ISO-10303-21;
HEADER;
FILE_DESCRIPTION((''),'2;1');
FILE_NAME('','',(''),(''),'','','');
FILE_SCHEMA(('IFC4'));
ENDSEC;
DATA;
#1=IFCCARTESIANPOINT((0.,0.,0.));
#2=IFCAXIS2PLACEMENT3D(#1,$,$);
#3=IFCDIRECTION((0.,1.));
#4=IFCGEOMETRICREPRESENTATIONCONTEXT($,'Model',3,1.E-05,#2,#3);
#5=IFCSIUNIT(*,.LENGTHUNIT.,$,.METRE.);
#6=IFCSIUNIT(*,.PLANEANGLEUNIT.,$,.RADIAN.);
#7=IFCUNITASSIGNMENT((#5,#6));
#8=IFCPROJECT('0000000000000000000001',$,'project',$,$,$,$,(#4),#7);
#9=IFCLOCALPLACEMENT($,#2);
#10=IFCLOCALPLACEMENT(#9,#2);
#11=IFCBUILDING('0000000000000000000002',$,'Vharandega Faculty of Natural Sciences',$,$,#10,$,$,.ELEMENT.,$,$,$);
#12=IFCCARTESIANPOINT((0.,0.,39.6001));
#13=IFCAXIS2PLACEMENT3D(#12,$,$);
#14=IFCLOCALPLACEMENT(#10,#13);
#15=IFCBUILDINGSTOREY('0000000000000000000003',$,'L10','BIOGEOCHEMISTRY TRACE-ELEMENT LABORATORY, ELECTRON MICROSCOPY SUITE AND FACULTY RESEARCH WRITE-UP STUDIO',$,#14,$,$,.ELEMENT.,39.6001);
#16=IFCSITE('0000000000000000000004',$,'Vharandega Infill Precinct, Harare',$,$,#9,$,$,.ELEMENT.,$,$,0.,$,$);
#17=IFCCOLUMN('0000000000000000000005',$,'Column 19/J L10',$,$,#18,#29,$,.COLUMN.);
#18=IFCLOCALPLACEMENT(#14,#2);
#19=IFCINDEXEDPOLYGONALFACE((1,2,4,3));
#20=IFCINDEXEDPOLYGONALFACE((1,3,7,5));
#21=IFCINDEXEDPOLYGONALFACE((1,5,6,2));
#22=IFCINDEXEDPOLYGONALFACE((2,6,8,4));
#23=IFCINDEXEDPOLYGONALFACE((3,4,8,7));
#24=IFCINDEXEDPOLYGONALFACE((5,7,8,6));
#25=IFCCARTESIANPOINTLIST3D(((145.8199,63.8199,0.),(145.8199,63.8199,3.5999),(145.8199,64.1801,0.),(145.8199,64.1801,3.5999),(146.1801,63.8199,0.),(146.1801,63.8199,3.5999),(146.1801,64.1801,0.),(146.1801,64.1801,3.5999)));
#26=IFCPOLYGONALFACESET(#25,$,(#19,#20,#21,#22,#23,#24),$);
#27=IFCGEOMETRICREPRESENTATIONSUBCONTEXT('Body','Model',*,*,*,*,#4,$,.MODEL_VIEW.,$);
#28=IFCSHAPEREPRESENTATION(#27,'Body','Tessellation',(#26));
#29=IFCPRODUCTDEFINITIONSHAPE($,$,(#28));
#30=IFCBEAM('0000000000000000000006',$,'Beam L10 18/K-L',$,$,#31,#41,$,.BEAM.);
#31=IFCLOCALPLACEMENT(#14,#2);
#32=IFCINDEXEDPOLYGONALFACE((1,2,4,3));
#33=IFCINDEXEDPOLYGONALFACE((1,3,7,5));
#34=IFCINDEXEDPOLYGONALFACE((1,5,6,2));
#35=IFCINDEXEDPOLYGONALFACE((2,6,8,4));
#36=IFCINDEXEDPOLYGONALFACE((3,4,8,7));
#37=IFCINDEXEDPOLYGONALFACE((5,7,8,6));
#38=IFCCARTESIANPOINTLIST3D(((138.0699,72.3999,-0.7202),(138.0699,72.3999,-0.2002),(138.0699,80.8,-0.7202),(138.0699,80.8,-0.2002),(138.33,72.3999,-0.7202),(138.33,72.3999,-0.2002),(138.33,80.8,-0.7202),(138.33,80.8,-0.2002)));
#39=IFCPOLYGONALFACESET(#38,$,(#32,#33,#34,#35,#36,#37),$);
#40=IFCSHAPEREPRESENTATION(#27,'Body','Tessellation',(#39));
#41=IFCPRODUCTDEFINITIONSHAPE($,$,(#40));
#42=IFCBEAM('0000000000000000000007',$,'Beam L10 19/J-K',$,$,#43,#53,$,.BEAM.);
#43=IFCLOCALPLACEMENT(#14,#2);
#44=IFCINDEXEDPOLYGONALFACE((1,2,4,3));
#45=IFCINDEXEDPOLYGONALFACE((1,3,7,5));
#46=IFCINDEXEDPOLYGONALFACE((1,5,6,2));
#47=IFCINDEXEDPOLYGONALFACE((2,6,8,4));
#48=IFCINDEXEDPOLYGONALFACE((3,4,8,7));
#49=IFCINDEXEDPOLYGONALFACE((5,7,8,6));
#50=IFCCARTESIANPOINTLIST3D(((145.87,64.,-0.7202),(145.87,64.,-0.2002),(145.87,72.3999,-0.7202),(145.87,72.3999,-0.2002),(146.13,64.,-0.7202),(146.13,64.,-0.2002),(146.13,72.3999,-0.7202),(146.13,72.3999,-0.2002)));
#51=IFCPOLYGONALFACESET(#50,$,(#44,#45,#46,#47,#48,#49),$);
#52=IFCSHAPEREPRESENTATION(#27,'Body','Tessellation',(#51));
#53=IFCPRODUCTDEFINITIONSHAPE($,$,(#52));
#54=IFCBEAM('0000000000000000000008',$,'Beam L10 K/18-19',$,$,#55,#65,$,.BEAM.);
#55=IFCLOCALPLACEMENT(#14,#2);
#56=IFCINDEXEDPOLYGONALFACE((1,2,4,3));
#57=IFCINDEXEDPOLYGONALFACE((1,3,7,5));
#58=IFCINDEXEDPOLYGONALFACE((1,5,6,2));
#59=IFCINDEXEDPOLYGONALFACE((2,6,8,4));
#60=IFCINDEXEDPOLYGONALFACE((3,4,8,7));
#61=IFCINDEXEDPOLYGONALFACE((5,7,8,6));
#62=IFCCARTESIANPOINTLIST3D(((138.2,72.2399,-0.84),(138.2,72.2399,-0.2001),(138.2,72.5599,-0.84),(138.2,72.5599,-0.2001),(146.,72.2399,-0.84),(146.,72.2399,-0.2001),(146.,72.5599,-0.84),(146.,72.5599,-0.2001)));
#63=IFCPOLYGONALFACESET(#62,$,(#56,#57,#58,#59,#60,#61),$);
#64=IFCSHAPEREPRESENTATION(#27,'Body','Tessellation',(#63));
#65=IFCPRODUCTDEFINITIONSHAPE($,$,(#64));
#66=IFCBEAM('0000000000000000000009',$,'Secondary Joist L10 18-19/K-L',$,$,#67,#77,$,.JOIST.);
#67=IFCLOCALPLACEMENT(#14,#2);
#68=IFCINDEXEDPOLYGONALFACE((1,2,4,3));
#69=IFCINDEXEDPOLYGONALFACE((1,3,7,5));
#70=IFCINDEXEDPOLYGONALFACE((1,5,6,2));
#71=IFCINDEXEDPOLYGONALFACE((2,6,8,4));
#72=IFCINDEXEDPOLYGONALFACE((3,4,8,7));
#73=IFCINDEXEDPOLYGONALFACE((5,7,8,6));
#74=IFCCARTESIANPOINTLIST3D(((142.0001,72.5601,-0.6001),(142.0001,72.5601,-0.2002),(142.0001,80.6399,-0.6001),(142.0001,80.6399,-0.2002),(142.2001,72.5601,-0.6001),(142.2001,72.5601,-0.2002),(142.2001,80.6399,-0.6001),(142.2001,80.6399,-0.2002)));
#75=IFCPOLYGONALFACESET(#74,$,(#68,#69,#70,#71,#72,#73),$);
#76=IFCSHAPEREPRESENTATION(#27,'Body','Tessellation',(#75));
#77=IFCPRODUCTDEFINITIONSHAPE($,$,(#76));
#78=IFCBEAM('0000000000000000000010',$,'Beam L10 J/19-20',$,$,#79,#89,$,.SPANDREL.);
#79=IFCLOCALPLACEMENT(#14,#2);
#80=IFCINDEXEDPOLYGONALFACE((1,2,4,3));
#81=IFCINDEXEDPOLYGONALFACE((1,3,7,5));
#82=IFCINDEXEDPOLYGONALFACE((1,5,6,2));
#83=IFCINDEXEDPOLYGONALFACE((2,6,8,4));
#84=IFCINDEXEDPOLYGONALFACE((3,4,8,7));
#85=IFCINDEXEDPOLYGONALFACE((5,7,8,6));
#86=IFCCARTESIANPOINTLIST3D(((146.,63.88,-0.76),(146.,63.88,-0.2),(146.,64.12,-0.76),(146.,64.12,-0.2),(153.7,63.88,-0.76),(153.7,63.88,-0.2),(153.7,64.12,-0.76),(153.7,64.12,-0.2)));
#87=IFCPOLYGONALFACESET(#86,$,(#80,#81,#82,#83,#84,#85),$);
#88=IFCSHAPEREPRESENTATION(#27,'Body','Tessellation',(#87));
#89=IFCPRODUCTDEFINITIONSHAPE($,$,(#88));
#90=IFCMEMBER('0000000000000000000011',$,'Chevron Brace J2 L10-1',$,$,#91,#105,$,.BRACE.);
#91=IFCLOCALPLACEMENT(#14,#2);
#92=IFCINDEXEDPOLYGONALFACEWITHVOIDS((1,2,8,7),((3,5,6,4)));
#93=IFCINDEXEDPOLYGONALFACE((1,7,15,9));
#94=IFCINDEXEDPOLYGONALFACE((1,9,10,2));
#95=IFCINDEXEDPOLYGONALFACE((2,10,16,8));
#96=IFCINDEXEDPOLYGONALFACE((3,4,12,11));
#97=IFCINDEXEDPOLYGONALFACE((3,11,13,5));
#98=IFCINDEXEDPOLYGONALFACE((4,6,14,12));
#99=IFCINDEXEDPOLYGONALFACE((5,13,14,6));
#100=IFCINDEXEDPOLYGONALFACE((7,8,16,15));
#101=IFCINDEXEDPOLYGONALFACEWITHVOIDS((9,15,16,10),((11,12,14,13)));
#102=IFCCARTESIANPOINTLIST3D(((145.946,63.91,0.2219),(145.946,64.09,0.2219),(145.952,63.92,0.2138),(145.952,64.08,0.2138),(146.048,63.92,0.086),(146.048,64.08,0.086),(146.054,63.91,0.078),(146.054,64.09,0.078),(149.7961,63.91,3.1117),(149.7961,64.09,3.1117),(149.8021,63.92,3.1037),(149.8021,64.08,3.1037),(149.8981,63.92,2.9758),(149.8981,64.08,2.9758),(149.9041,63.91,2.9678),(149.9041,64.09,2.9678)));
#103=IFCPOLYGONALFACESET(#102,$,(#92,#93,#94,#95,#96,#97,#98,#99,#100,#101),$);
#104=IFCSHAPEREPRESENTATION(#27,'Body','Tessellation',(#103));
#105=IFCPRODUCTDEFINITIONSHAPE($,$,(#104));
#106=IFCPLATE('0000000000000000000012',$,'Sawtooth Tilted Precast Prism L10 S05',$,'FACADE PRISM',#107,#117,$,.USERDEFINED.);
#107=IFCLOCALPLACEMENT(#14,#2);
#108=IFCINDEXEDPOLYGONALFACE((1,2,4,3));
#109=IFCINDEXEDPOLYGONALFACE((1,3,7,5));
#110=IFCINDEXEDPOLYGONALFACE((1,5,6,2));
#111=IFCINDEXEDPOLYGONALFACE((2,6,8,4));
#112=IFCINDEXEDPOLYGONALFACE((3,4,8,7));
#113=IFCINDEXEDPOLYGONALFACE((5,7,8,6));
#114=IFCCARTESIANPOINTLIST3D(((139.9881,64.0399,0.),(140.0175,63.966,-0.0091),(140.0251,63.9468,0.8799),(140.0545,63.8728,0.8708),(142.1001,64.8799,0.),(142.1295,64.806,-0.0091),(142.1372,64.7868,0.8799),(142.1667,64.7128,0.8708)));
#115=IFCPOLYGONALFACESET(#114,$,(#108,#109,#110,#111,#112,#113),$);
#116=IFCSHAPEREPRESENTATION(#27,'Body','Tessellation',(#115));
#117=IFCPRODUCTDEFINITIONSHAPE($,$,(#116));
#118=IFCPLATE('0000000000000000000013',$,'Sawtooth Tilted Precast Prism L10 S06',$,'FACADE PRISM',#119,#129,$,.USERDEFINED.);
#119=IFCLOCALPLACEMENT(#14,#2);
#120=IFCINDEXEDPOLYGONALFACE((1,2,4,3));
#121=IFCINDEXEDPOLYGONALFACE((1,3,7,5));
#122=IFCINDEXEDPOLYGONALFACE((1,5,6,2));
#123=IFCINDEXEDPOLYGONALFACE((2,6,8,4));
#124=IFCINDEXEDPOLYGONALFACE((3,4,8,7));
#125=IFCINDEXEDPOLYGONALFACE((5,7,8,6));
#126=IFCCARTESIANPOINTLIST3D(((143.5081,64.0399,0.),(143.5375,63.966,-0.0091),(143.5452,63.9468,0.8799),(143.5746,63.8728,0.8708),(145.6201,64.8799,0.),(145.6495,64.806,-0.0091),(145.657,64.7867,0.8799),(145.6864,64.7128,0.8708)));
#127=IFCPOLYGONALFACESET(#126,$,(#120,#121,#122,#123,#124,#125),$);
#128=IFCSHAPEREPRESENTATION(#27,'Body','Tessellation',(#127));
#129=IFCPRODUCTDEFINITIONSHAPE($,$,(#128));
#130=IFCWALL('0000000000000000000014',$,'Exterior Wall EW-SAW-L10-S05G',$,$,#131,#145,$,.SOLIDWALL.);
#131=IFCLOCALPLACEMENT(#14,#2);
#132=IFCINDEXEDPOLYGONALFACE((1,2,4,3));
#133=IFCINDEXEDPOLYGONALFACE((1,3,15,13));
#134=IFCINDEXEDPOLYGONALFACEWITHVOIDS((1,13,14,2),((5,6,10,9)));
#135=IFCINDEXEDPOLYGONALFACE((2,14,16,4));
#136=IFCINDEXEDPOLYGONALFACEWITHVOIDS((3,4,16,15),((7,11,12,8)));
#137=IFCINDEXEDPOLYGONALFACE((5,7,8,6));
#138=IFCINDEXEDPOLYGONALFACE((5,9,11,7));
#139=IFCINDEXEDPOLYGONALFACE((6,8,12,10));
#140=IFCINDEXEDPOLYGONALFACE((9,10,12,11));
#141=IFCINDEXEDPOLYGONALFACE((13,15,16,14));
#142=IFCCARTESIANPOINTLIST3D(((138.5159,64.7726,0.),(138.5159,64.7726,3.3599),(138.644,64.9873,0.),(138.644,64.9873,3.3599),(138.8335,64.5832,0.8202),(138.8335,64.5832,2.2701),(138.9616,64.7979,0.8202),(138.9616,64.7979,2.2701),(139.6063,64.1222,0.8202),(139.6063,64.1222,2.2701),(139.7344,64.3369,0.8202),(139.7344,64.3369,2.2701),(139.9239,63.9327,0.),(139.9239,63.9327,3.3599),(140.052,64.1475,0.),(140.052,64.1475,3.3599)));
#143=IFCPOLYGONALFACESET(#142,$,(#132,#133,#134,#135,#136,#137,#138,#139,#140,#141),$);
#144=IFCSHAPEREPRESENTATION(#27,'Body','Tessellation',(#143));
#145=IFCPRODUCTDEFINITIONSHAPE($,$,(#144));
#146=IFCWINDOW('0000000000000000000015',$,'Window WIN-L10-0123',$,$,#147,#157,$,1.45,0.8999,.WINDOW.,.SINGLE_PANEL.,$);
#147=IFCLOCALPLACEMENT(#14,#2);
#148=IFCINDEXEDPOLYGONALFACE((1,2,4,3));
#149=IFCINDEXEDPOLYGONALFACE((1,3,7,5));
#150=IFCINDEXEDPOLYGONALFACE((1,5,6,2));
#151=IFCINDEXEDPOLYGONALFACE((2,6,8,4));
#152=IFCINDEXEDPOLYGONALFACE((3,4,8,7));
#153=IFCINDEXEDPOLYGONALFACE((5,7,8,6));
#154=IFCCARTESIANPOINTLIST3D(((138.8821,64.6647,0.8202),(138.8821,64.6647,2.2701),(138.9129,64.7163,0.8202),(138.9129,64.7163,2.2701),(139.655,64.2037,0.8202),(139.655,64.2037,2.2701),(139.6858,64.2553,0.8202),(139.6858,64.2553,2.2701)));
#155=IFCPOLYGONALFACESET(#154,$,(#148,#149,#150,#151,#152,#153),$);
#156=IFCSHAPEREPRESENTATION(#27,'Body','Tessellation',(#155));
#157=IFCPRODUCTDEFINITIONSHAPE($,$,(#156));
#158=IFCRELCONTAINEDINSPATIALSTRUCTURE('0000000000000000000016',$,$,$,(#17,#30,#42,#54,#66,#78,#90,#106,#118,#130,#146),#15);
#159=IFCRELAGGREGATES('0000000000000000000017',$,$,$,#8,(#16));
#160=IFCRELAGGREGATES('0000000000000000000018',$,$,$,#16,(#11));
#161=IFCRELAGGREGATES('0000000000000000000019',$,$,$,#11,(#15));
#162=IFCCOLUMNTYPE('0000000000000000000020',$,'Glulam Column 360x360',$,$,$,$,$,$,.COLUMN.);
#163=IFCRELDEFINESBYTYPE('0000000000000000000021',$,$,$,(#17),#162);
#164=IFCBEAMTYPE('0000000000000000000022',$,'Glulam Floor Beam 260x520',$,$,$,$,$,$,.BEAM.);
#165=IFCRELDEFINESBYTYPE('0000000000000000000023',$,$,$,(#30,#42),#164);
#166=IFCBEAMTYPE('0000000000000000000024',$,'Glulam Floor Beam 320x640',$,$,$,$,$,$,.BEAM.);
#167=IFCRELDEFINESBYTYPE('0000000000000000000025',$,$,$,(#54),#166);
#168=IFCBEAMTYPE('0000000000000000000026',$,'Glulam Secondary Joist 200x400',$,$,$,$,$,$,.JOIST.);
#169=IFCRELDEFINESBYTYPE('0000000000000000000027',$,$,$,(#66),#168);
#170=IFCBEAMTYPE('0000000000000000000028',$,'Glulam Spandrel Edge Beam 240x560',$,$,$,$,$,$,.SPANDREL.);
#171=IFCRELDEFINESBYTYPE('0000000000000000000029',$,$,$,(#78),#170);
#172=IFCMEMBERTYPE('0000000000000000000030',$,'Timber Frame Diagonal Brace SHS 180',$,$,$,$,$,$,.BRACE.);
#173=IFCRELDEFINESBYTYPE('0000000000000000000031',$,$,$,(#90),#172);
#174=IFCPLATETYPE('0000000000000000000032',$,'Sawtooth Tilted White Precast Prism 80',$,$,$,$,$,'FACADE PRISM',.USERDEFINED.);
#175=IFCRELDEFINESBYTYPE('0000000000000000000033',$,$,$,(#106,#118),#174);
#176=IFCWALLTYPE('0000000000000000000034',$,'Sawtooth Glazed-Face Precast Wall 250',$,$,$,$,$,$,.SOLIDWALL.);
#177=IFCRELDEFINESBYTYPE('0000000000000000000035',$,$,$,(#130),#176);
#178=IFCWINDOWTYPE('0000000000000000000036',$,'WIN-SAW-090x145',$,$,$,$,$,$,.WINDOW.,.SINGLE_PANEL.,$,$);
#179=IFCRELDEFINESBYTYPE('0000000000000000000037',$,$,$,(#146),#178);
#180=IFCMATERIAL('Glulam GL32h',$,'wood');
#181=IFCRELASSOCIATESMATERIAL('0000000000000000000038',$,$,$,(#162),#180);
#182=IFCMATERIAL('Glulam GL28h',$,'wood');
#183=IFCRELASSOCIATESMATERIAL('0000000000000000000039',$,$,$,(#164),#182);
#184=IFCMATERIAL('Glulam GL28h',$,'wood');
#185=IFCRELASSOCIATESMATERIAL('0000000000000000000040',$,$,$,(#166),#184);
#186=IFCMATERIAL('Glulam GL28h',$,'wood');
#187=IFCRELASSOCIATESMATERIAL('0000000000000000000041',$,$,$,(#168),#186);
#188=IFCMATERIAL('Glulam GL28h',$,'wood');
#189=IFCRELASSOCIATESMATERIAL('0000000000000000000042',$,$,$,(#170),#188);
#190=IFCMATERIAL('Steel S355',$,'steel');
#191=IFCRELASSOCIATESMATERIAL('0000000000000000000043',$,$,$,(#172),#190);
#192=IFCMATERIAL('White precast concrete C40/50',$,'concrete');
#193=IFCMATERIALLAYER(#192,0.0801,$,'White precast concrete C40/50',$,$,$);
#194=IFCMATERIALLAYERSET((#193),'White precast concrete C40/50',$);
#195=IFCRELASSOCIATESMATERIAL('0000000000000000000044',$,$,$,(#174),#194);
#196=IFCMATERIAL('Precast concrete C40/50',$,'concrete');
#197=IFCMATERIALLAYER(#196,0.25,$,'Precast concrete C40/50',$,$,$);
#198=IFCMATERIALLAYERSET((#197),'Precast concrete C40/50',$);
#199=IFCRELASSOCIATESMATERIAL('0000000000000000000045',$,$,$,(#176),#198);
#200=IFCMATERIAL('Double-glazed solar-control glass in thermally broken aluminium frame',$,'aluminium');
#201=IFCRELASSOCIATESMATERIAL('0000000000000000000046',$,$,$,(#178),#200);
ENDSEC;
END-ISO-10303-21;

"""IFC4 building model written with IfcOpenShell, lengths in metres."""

from ifc_helpers import new_model, si_unit, direction, frame, frame_2d, origin, origin_2d, place, context, subcontext, project, spatial, polyline, rectangle, hollow_rectangle, outline, extrude, material, layer, layer_set, material_profile, profile_set, type_object, element, fill, save


model = new_model("IFC4")

# Units and contexts
model_context = context("Model", 3, precision=1e-05, world=origin(), true_north=direction((0.0, 1.0)))
body_context = subcontext(model_context, "Body", "Model", "MODEL_VIEW")
ifc_project = project(units=[si_unit("LENGTHUNIT", "METRE"), si_unit("PLANEANGLEUNIT", "RADIAN")], contexts=[model_context])

# Site, building, storey
site_placement = place(None, origin())
site = spatial("IfcSite", under=ifc_project, at=site_placement, Name="Vharandega Infill Precinct, Harare", CompositionType="ELEMENT", RefElevation=0.0)
building_placement = place(site_placement, origin())
building = spatial("IfcBuilding", under=site, at=building_placement, Name="Vharandega Faculty of Natural Sciences", CompositionType="ELEMENT")
storey_placement = place(building_placement, frame((0.0, 0.0, 39.6001)))
storey = spatial("IfcBuildingStorey", under=building, at=storey_placement, Name="L10", Description="BIOGEOCHEMISTRY TRACE-ELEMENT LABORATORY, ELECTRON MICROSCOPY SUITE AND FACULTY RESEARCH WRITE-UP STUDIO", CompositionType="ELEMENT", Elevation=39.6001)

# Column
ifc_material_1 = material(Name="Glulam GL32h", Category="wood")
ifc_material_profile_1 = material_profile(ifc_material_1, rectangle(XDim=0.3601, YDim=0.3601, at=origin_2d()), Name="GL32h 360x360")
ifc_profile_set_1 = profile_set([ifc_material_profile_1], Name="Glulam GL32h")
column_type = type_object("IfcColumnType", Name="Glulam Column 360x360", PredefinedType="COLUMN", material=ifc_profile_set_1)
column_placement = place(storey_placement, frame((146.0, 64.0, 0.0), z_axis=(0.0, 0.0, 1.0), x_axis=(1.0, 0.0, 0.0)))
element("IfcColumn", 1, at=column_placement, inside=storey, type_object=column_type, Name="Column 19/J L10", PredefinedType="COLUMN", context=body_context, shape_type="SweptSolid", body=[
    extrude(rectangle(XDim=0.3601, YDim=0.3601, at=origin_2d()), origin(), (0.0, 0.0, 1.0), 3.5999),
])

# Beams
ifc_material_2 = material(Name="Glulam GL28h", Category="wood")
ifc_material_profile_2 = material_profile(ifc_material_2, rectangle(XDim=0.26, YDim=0.52, at=origin_2d()), Name="GL28h 260x520")
ifc_profile_set_2 = profile_set([ifc_material_profile_2], Name="Glulam GL28h")
beam_type_1 = type_object("IfcBeamType", Name="Glulam Floor Beam 260x520", PredefinedType="BEAM", material=ifc_profile_set_2)
beam_1_placement = place(storey_placement, frame((138.2, 72.3999, -0.4602), z_axis=(0.0, 1.0, 0.0), x_axis=(-1.0, 0.0, 0.0)))
element("IfcBeam", 2, at=beam_1_placement, inside=storey, type_object=beam_type_1, Name="Beam L10 18/K-L", PredefinedType="BEAM", context=body_context, shape_type="SweptSolid", body=[
    extrude(rectangle(XDim=0.26, YDim=0.52, at=origin_2d()), origin(), (0.0, 0.0, 1.0), 8.4001),
])
beam_2_placement = place(storey_placement, frame((146.0, 64.0, -0.4602), z_axis=(0.0, 1.0, 0.0), x_axis=(-1.0, 0.0, 0.0)))
element("IfcBeam", 3, at=beam_2_placement, inside=storey, type_object=beam_type_1, Name="Beam L10 19/J-K", PredefinedType="BEAM", context=body_context, shape_type="SweptSolid", body=[
    extrude(rectangle(XDim=0.26, YDim=0.52, at=origin_2d()), origin(), (0.0, 0.0, 1.0), 8.3999),
])
ifc_material_3 = material(Name="Glulam GL28h", Category="wood")
ifc_material_profile_3 = material_profile(ifc_material_3, rectangle(XDim=0.3201, YDim=0.6399, at=origin_2d()), Name="GL28h 320x640")
ifc_profile_set_3 = profile_set([ifc_material_profile_3], Name="Glulam GL28h")
beam_type_2 = type_object("IfcBeamType", Name="Glulam Floor Beam 320x640", PredefinedType="BEAM", material=ifc_profile_set_3)
beam_3_placement = place(storey_placement, frame((138.2, 72.3999, -0.52), z_axis=(1.0, 0.0, 0.0), x_axis=(0.0, 1.0, 0.0)))
element("IfcBeam", 4, at=beam_3_placement, inside=storey, type_object=beam_type_2, Name="Beam L10 K/18-19", PredefinedType="BEAM", context=body_context, shape_type="SweptSolid", body=[
    extrude(rectangle(XDim=0.3201, YDim=0.6399, at=origin_2d()), origin(), (0.0, 0.0, 1.0), 7.8),
])
ifc_material_4 = material(Name="Glulam GL28h", Category="wood")
ifc_material_profile_4 = material_profile(ifc_material_4, rectangle(XDim=0.2, YDim=0.3999, at=origin_2d()), Name="GL28h 200x400")
ifc_profile_set_4 = profile_set([ifc_material_profile_4], Name="Glulam GL28h")
beam_type_3 = type_object("IfcBeamType", Name="Glulam Secondary Joist 200x400", PredefinedType="JOIST", material=ifc_profile_set_4)
beam_4_placement = place(storey_placement, frame((142.1001, 72.5601, -0.4001), z_axis=(0.0, 1.0, 0.0), x_axis=(-1.0, 0.0, 0.0)))
element("IfcBeam", 5, at=beam_4_placement, inside=storey, type_object=beam_type_3, Name="Secondary Joist L10 18-19/K-L", PredefinedType="JOIST", context=body_context, shape_type="SweptSolid", body=[
    extrude(rectangle(XDim=0.2, YDim=0.3999, at=origin_2d()), origin(), (0.0, 0.0, 1.0), 8.0798),
])
ifc_material_5 = material(Name="Glulam GL28h", Category="wood")
ifc_material_profile_5 = material_profile(ifc_material_5, rectangle(XDim=0.24, YDim=0.5601, at=origin_2d()), Name="GL28h 240x560")
ifc_profile_set_5 = profile_set([ifc_material_profile_5], Name="Glulam GL28h")
beam_type_4 = type_object("IfcBeamType", Name="Glulam Spandrel Edge Beam 240x560", PredefinedType="SPANDREL", material=ifc_profile_set_5)
beam_5_placement = place(storey_placement, frame((146.0, 64.0, -0.48), z_axis=(1.0, 0.0, 0.0), x_axis=(0.0, 1.0, 0.0)))
element("IfcBeam", 6, at=beam_5_placement, inside=storey, type_object=beam_type_4, Name="Beam L10 J/19-20", PredefinedType="SPANDREL", context=body_context, shape_type="SweptSolid", body=[
    extrude(rectangle(XDim=0.24, YDim=0.5601, at=origin_2d()), origin(), (0.0, 0.0, 1.0), 7.7),
])

# Member
ifc_material_6 = material(Name="Steel S355", Category="steel")
ifc_material_profile_6 = material_profile(ifc_material_6, hollow_rectangle(XDim=0.1799, YDim=0.1799, WallThickness=0.01, at=origin_2d()), Name="SHS 180x180x10")
ifc_profile_set_6 = profile_set([ifc_material_profile_6], Name="Steel S355")
member_type = type_object("IfcMemberType", Name="Timber Frame Diagonal Brace SHS 180", PredefinedType="BRACE", material=ifc_profile_set_6)
member_placement = place(storey_placement, frame((146.0, 64.0, 0.1499), z_axis=(0.799769, 0.0, 0.600308), x_axis=(0.0, 1.0, 0.0)))
element("IfcMember", 7, at=member_placement, inside=storey, type_object=member_type, Name="Chevron Brace J2 L10-1", PredefinedType="BRACE", context=body_context, shape_type="SweptSolid", body=[
    extrude(hollow_rectangle(XDim=0.1799, YDim=0.1799, WallThickness=0.01, at=origin_2d()), origin(), (0.0, 0.0, 1.0), 4.814),
])

# Plates
ifc_material_7 = material(Name="White precast concrete C40/50", Category="concrete")
ifc_layer_1 = layer(ifc_material_7, 0.0801, Name="White precast concrete C40/50")
ifc_layer_set_1 = layer_set([ifc_layer_1], Name="White precast concrete C40/50")
plate_type = type_object("IfcPlateType", Name="Sawtooth Tilted White Precast Prism 80", ElementType="FACADE PRISM", PredefinedType="USERDEFINED", material=ifc_layer_set_1)
plate_1_placement = place(storey_placement, frame((142.1001, 64.8799, 0.0), z_axis=(-0.367171, 0.923238, 0.113215), x_axis=(0.041952, -0.105155, 0.993571)))
element("IfcPlate", 8, at=plate_1_placement, inside=storey, type_object=plate_type, Name="Sawtooth Tilted Precast Prism L10 S05", ObjectType="FACADE PRISM", PredefinedType="USERDEFINED", context=body_context, shape_type="SweptSolid", body=[
    extrude(outline(polyline([(0.0, 0.0), (0.8856, 0.0), (0.8853, -2.273), (-0.0003, -2.2729), (0.0, 0.0)])), origin(), (0.0, 0.0, -1.0), 0.0801),
])
plate_2_placement = place(storey_placement, frame((145.6201, 64.8799, 0.0), z_axis=(-0.367192, 0.923236, 0.113164), x_axis=(0.041695, -0.105203, 0.993576)))
element("IfcPlate", 9, at=plate_2_placement, inside=storey, type_object=plate_type, Name="Sawtooth Tilted Precast Prism L10 S06", ObjectType="FACADE PRISM", PredefinedType="USERDEFINED", context=body_context, shape_type="SweptSolid", body=[
    extrude(outline(polyline([(0.0, 0.0), (0.8856, 0.0), (0.8859, -2.2728), (0.0003, -2.2729), (0.0, 0.0)])), origin(), (0.0, 0.0, -1.0), 0.0801),
])

# Wall, opening, window
ifc_material_8 = material(Name="Precast concrete C40/50", Category="concrete")
ifc_layer_2 = layer(ifc_material_8, 0.25, Name="Precast concrete C40/50")
ifc_layer_set_2 = layer_set([ifc_layer_2], Name="Precast concrete C40/50")
wall_type_1 = type_object("IfcWallType", Name="Sawtooth Glazed-Face Precast Wall 250", PredefinedType="SOLIDWALL", material=ifc_layer_set_2)
wall_1_placement = place(storey_placement, frame((139.988, 64.04, 0.0), z_axis=(0.0, 0.0, 1.0), x_axis=(-0.858817, 0.512282, 0.0)))
wall_1 = element("IfcWall", 10, at=wall_1_placement, inside=storey, type_object=wall_type_1, Name="Exterior Wall EW-SAW-L10-S05G", PredefinedType="SOLIDWALL", context=body_context, shape_type="SweptSolid", body=[
    extrude(rectangle(XDim=1.6394, YDim=0.25, at=frame_2d((0.8198, 0.0))), origin(), (0.0, 0.0, 1.0), 3.3599),
])
opening_1_placement = place(wall_1_placement, frame((0.3699, 0.0, 0.8201)))
opening_1 = element("IfcOpeningElement", 11, at=opening_1_placement, cuts=wall_1, PredefinedType="OPENING", context=body_context, shape_type="SweptSolid", body=[
    extrude(rectangle(XDim=0.8999, YDim=1.45, at=frame_2d((0.45, 0.7251))), frame((0.0, 0.135, 0.0), z_axis=(0.0, -1.0, 0.0), x_axis=(1.0, 0.0, 0.0)), (0.0, 0.0, 1.0), 0.27),
])
ifc_material_9 = material(Name="Double-glazed solar-control glass in thermally broken aluminium frame", Category="aluminium")
window_type_1 = type_object("IfcWindowType", Name="WIN-SAW-090x145", PartitioningType="SINGLE_PANEL", PredefinedType="WINDOW", material=ifc_material_9)
window_1_placement = place(opening_1_placement, origin())
window_1 = element("IfcWindow", 12, at=window_1_placement, inside=storey, type_object=window_type_1, Name="Window WIN-L10-0123", OverallHeight=1.45, OverallWidth=0.8999, PartitioningType="SINGLE_PANEL", PredefinedType="WINDOW", context=body_context, shape_type="SweptSolid", body=[
    extrude(rectangle(XDim=0.8999, YDim=1.45, at=frame_2d((0.45, 0.7251))), frame((0.0, 0.03, 0.0), z_axis=(0.0, -1.0, 0.0), x_axis=(1.0, 0.0, 0.0)), (0.0, 0.0, 1.0), 0.0601),
])
fill(opening_1, window_1)

save(model, "model.ifc")
